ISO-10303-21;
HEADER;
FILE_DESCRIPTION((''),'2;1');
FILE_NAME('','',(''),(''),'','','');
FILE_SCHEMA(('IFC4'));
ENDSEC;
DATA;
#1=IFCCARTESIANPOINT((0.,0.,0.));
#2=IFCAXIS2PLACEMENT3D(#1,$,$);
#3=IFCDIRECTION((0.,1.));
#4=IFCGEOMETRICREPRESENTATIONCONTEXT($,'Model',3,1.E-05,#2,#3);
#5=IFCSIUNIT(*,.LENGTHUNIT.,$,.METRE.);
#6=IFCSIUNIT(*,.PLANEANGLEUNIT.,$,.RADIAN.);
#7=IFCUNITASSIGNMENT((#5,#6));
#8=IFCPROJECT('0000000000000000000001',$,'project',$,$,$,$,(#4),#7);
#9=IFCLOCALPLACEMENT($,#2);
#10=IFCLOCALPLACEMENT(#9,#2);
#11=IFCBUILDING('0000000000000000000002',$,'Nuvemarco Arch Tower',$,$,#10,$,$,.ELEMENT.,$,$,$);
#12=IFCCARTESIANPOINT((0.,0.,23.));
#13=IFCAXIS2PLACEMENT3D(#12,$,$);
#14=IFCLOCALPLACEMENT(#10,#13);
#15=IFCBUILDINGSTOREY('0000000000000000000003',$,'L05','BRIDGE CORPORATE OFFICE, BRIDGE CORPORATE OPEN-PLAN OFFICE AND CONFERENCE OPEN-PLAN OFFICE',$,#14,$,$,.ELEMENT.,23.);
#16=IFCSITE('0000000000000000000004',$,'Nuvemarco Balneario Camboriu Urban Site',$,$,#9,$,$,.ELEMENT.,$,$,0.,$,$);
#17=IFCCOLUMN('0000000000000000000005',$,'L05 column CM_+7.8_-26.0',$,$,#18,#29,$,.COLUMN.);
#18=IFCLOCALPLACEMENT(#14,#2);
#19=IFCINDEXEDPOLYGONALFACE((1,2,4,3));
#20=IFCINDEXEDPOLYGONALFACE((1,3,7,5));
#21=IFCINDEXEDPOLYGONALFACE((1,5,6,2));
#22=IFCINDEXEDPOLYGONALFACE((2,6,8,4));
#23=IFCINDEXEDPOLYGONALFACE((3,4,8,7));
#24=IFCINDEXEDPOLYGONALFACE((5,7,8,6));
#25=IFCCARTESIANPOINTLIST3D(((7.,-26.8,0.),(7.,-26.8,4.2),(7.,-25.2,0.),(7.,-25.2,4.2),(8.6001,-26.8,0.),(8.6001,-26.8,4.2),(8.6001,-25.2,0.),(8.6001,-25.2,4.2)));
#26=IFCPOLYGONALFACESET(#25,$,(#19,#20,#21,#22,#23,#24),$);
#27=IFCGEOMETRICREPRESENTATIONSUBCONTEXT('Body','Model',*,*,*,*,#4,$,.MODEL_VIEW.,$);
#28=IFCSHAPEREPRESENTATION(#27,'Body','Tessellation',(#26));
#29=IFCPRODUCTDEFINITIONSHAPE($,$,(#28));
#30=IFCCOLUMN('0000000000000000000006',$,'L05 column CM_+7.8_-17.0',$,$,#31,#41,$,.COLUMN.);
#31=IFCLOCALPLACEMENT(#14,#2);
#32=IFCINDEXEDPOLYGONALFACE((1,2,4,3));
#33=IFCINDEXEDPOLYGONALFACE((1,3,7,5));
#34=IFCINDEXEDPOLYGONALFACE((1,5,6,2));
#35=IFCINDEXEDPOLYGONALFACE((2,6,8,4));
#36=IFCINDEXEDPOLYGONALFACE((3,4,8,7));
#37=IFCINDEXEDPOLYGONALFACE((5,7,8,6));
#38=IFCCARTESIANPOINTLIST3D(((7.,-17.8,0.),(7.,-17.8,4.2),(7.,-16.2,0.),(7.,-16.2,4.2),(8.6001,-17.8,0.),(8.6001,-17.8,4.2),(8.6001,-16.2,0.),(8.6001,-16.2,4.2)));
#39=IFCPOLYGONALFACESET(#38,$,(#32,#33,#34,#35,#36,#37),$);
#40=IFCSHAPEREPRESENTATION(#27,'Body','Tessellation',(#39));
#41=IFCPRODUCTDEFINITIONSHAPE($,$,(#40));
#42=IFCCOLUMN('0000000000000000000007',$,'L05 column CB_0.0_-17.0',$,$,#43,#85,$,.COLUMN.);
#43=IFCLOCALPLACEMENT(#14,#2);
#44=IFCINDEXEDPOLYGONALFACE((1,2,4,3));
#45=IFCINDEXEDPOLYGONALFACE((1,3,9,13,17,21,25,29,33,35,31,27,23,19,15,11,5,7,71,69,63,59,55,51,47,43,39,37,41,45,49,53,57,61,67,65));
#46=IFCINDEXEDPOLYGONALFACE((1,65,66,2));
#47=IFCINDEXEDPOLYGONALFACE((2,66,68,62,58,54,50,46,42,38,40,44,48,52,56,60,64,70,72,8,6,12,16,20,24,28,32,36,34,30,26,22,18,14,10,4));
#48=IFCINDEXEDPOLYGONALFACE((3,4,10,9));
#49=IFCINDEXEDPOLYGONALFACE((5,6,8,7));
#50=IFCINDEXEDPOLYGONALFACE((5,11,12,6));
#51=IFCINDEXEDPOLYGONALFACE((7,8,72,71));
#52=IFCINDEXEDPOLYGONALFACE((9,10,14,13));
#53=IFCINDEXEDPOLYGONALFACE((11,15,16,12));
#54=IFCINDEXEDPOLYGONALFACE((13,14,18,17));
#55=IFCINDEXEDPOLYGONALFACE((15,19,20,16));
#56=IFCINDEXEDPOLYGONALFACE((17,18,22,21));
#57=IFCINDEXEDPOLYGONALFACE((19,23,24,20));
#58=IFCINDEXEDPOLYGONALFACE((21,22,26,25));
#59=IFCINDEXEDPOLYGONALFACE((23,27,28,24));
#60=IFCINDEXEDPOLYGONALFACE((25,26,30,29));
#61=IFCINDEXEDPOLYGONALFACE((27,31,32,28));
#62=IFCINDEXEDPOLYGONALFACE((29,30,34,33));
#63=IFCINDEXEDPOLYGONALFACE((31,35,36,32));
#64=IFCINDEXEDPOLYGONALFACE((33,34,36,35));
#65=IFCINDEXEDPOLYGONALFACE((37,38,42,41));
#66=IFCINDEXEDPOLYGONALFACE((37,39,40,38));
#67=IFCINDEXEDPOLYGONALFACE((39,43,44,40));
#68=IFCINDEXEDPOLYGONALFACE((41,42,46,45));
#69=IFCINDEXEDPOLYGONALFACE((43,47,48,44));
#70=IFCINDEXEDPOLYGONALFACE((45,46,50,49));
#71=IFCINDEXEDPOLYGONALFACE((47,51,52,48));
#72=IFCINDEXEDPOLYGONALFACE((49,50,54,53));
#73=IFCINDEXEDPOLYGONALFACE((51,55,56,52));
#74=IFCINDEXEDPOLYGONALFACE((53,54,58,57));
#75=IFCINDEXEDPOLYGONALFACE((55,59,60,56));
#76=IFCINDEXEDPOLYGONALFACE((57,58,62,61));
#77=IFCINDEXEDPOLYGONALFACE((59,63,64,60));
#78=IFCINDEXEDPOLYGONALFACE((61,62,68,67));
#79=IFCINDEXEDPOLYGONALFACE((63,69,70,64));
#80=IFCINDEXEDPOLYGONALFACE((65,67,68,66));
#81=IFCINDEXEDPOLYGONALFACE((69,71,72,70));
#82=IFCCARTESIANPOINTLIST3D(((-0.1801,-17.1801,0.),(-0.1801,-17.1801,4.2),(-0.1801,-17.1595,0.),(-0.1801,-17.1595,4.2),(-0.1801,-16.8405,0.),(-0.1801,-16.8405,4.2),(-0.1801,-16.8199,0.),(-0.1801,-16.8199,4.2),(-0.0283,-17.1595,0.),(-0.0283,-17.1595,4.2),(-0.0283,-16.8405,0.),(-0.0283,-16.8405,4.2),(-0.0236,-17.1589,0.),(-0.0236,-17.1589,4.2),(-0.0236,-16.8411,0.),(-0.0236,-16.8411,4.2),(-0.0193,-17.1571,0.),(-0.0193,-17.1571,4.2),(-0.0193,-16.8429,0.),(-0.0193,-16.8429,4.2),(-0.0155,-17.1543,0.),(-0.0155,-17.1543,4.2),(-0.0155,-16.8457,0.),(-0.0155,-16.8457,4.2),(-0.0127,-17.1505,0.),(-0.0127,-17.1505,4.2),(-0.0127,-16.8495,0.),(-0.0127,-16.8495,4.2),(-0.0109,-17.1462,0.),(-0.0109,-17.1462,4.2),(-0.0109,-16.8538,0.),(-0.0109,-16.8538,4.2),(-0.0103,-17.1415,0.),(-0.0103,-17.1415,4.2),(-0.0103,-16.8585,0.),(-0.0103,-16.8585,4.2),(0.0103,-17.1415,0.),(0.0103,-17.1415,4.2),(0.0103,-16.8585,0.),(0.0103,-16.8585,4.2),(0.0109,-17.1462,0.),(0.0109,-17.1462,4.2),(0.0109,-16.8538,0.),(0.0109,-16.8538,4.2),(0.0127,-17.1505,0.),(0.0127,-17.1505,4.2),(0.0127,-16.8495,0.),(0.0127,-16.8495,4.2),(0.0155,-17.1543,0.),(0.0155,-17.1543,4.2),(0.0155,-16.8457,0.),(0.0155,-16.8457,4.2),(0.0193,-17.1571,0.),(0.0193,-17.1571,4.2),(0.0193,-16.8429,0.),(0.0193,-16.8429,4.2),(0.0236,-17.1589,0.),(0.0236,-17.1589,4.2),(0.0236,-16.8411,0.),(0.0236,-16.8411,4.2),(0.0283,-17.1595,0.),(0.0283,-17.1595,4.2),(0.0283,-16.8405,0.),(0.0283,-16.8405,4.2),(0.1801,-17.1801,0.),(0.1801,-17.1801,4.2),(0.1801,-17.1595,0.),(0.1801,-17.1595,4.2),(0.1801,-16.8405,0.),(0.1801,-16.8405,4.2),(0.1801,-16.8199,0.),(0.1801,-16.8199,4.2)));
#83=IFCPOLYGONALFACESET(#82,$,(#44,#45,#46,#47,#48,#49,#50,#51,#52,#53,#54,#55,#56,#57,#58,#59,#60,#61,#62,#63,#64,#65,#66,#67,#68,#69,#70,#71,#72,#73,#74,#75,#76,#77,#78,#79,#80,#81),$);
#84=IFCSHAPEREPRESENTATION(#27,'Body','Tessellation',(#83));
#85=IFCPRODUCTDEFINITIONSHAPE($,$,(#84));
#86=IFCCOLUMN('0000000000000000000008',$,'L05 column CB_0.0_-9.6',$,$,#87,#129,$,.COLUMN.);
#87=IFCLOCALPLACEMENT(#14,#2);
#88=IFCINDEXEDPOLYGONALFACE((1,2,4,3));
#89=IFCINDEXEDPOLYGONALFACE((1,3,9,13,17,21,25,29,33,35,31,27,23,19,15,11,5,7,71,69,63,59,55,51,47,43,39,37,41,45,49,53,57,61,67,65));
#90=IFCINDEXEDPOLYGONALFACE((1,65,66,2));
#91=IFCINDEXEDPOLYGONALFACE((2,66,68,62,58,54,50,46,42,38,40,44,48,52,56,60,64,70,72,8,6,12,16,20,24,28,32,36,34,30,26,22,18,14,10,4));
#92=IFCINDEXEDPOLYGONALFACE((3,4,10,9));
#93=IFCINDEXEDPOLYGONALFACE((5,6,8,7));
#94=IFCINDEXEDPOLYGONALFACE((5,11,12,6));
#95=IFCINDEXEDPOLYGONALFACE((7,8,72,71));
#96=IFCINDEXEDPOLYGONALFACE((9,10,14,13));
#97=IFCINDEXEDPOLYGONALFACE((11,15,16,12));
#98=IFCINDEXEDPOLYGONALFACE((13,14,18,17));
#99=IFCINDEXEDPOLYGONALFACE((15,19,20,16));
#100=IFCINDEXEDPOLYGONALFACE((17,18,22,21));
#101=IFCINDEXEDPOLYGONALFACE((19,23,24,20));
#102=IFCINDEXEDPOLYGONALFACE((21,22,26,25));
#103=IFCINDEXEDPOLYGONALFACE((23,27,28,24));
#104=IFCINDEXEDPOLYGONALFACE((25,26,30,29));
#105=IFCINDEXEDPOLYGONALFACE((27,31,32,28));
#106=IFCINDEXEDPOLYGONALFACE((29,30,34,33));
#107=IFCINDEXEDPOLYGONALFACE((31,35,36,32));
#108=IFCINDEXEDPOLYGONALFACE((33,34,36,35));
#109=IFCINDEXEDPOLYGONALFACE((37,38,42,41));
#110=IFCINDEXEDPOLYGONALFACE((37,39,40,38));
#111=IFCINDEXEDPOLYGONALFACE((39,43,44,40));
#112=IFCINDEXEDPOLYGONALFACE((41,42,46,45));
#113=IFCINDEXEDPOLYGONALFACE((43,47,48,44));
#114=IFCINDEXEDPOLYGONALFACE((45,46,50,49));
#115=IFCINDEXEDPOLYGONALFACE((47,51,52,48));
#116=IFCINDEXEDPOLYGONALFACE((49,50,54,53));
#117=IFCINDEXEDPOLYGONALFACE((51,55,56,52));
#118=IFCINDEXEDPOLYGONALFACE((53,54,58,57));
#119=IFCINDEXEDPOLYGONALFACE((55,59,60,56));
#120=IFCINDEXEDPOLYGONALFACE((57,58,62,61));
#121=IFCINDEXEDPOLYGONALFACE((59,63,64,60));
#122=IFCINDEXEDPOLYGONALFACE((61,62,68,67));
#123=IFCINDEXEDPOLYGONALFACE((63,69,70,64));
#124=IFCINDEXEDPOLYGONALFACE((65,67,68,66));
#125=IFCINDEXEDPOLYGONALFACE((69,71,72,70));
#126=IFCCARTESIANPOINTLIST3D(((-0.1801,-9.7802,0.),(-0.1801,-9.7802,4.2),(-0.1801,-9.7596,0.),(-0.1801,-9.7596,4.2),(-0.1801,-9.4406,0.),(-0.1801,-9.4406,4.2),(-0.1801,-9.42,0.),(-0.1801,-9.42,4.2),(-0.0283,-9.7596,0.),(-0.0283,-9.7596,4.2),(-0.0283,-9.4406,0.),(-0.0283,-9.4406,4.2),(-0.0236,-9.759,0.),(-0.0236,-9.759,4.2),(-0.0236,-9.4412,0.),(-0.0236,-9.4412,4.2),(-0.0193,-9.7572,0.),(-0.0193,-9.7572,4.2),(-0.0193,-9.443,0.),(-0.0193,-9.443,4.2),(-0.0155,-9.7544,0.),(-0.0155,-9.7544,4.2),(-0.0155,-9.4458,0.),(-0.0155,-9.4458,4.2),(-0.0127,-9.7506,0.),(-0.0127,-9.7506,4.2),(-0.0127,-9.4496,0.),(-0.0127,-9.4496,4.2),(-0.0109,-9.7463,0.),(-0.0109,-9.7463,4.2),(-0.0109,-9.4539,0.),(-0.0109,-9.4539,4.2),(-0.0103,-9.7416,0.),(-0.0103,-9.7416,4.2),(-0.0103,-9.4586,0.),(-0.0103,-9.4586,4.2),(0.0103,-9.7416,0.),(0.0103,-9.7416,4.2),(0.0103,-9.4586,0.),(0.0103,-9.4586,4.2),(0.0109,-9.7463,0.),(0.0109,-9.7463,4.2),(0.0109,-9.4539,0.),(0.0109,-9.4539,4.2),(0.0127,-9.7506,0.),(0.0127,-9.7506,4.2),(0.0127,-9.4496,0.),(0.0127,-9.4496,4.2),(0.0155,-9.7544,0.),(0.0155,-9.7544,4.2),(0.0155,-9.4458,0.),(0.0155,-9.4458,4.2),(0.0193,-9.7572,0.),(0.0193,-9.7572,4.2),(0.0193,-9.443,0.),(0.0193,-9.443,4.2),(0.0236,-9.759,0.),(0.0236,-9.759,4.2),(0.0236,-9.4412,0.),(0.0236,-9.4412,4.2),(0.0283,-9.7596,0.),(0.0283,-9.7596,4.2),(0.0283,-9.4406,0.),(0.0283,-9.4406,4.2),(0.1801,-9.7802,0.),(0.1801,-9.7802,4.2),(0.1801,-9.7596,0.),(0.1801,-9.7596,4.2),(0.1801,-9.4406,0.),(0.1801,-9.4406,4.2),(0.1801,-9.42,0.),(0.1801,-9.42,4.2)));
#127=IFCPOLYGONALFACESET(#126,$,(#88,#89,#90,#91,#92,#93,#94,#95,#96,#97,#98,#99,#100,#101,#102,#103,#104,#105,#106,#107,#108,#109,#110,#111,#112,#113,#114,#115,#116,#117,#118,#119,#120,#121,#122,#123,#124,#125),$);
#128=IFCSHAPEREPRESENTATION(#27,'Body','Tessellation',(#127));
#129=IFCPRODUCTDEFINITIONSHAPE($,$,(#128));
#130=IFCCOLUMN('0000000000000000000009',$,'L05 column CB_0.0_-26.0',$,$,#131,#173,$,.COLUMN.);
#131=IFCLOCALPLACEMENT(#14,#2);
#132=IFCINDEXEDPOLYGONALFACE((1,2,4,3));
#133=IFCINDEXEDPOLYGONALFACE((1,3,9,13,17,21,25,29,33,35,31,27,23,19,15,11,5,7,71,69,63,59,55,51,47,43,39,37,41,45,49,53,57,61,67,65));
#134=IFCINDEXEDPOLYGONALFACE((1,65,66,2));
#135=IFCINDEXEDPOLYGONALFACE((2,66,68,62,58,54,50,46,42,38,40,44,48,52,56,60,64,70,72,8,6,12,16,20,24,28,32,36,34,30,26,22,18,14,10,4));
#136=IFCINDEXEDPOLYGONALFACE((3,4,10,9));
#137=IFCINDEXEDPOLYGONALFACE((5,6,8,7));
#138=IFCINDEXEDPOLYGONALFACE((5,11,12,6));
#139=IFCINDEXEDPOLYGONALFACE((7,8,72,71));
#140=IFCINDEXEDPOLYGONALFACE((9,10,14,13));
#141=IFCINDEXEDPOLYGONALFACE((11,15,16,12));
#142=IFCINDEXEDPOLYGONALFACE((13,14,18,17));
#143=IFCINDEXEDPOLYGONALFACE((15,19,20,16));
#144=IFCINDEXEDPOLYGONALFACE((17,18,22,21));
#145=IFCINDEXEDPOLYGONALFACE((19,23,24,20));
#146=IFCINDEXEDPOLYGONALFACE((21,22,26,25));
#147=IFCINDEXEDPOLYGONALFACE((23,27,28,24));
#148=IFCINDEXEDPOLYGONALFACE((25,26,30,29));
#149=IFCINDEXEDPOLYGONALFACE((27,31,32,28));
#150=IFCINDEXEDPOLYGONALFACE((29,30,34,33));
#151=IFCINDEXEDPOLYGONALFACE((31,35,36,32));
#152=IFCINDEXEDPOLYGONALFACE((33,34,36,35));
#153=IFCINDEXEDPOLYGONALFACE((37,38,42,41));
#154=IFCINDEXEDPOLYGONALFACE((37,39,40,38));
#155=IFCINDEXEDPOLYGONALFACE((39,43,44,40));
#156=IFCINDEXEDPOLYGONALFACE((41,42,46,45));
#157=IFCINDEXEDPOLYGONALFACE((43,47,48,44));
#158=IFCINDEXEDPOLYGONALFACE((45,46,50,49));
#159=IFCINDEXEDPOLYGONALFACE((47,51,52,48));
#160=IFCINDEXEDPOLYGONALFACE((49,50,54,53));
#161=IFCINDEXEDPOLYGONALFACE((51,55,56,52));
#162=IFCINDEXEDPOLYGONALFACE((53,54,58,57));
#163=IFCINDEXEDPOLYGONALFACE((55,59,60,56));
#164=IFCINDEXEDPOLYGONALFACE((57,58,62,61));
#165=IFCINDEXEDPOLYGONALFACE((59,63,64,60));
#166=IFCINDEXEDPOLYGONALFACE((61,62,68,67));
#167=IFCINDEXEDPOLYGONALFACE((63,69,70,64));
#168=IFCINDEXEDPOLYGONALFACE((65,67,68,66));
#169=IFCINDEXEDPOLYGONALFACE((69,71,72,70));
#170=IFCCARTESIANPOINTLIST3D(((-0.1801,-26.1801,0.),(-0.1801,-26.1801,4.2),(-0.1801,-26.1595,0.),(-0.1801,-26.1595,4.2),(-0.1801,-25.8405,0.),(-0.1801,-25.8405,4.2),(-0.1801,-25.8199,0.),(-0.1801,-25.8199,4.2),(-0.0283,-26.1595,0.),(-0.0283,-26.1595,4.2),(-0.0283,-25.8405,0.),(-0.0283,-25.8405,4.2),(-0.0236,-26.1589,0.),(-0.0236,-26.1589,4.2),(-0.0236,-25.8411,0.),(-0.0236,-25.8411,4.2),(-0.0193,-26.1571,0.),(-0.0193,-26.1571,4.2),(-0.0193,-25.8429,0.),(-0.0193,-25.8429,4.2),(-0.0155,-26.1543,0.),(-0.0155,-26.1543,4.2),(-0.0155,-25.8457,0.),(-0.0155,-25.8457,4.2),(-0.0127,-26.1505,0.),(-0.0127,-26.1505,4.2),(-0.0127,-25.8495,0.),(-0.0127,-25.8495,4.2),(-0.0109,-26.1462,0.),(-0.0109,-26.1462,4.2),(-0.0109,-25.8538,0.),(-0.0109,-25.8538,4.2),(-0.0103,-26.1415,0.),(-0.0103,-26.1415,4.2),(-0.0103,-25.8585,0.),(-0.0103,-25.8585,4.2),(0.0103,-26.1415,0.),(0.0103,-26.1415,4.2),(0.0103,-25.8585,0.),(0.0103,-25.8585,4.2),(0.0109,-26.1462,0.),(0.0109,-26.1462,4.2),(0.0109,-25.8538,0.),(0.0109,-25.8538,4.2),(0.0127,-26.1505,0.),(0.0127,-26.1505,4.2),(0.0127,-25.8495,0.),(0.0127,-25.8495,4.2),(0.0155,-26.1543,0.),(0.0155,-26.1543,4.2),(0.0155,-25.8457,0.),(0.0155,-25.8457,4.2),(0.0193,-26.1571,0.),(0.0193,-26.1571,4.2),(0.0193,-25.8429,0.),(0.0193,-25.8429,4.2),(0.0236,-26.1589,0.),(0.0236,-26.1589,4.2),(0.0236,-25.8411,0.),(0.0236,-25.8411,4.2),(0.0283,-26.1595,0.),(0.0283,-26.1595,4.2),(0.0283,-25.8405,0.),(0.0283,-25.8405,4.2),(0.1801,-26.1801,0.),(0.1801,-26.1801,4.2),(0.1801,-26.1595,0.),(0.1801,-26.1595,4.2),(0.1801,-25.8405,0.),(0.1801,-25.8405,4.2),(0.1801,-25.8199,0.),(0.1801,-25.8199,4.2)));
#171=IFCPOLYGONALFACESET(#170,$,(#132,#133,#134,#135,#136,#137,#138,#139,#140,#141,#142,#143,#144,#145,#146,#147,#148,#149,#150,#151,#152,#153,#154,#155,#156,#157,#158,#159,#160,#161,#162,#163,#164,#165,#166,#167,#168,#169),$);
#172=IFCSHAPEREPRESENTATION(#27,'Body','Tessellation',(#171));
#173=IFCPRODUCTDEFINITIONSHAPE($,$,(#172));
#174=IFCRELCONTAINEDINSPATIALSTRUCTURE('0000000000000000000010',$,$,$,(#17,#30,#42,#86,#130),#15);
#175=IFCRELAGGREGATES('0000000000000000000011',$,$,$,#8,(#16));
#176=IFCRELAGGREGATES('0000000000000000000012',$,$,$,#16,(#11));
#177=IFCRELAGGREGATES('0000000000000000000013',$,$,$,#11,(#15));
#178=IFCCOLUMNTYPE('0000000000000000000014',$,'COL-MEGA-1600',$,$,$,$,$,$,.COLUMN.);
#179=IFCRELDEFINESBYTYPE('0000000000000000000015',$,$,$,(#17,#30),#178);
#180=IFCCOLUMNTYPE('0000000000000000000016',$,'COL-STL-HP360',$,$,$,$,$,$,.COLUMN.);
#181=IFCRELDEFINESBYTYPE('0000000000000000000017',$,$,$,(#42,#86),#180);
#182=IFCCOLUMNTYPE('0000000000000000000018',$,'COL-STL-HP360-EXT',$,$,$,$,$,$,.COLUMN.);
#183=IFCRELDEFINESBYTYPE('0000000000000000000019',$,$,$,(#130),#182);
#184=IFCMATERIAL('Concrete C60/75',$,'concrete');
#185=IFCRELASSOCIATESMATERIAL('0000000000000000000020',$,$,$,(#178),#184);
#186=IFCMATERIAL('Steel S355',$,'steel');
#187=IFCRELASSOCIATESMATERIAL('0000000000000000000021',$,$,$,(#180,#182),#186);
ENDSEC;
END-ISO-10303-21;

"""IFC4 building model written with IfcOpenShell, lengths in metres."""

from ifc_helpers import new_model, si_unit, direction, frame, origin, origin_2d, place, context, subcontext, project, spatial, rectangle, i_section, extrude, material, material_profile, profile_set, type_object, element, save


model = new_model("IFC4")

# Units and contexts
model_context = context("Model", 3, precision=1e-05, world=origin(), true_north=direction((0.0, 1.0)))
body_context = subcontext(model_context, "Body", "Model", "MODEL_VIEW")
ifc_project = project(units=[si_unit("LENGTHUNIT", "METRE"), si_unit("PLANEANGLEUNIT", "RADIAN")], contexts=[model_context])

# Site, building, storey
site_placement = place(None, origin())
site = spatial("IfcSite", under=ifc_project, at=site_placement, Name="Nuvemarco Balneario Camboriu Urban Site", CompositionType="ELEMENT", RefElevation=0.0)
building_placement = place(site_placement, origin())
building = spatial("IfcBuilding", under=site, at=building_placement, Name="Nuvemarco Arch Tower", CompositionType="ELEMENT")
storey_placement = place(building_placement, frame((0.0, 0.0, 23.0)))
storey = spatial("IfcBuildingStorey", under=building, at=storey_placement, Name="L05", Description="BRIDGE CORPORATE OFFICE, BRIDGE CORPORATE OPEN-PLAN OFFICE AND CONFERENCE OPEN-PLAN OFFICE", CompositionType="ELEMENT", Elevation=23.0)

# Columns
ifc_material_1 = material(Name="Concrete C60/75", Category="concrete")
ifc_material_profile_1 = material_profile(ifc_material_1, rectangle(XDim=1.6001, YDim=1.6001, at=origin_2d()), Name="RC-COL-1600x1600")
ifc_profile_set_1 = profile_set([ifc_material_profile_1], Name="Concrete C60/75")
column_type_1 = type_object("IfcColumnType", Name="COL-MEGA-1600", PredefinedType="COLUMN", material=ifc_profile_set_1)
for number, where, z_axis, x_axis, name in (
    (1, (7.8, -26.0, 0.0), (0.0, 0.0, 1.0), (1.0, 0.0, 0.0), "L05 column CM_+7.8_-26.0"),
    (2, (7.8, -17.0, 0.0), (0.0, 0.0, 1.0), (1.0, 0.0, 0.0), "L05 column CM_+7.8_-17.0"),
):
    element("IfcColumn", number, at=place(storey_placement, frame(where, z_axis=z_axis, x_axis=x_axis)), inside=storey, type_object=column_type_1, Name=name, PredefinedType="COLUMN", context=body_context, shape_type="SweptSolid", body=[
        extrude(rectangle(XDim=1.6001, YDim=1.6001, at=origin_2d()), origin(), (0.0, 0.0, 1.0), 4.2),
    ])
ifc_material_2 = material(Name="Steel S355", Category="steel")
ifc_material_profile_2 = material_profile(ifc_material_2, i_section(OverallWidth=0.3601, OverallDepth=0.3601, WebThickness=0.0205, FlangeThickness=0.0205, FilletRadius=0.0181, at=origin_2d()), Name="HP360x174")
ifc_profile_set_2 = profile_set([ifc_material_profile_2], Name="Steel S355")
column_type_2 = type_object("IfcColumnType", Name="COL-STL-HP360", PredefinedType="COLUMN", material=ifc_profile_set_2)
for number, where, z_axis, x_axis, name in (
    (3, (0.0, -17.0, 0.0), (0.0, 0.0, 1.0), (1.0, 0.0, 0.0), "L05 column CB_0.0_-17.0"),
    (4, (0.0, -9.6001, 0.0), (0.0, 0.0, 1.0), (1.0, 0.0, 0.0), "L05 column CB_0.0_-9.6"),
):
    element("IfcColumn", number, at=place(storey_placement, frame(where, z_axis=z_axis, x_axis=x_axis)), inside=storey, type_object=column_type_2, Name=name, PredefinedType="COLUMN", context=body_context, shape_type="SweptSolid", body=[
        extrude(i_section(OverallWidth=0.3601, OverallDepth=0.3601, WebThickness=0.0205, FlangeThickness=0.0205, FilletRadius=0.0181, at=origin_2d()), origin(), (0.0, 0.0, 1.0), 4.2),
    ])
ifc_material_profile_3 = material_profile(ifc_material_2, i_section(OverallWidth=0.3601, OverallDepth=0.3601, WebThickness=0.0205, FlangeThickness=0.0205, FilletRadius=0.0181, at=origin_2d()), Name="HP360x174")
ifc_profile_set_3 = profile_set([ifc_material_profile_3], Name="Steel S355")
column_type_3 = type_object("IfcColumnType", Name="COL-STL-HP360-EXT", PredefinedType="COLUMN", material=ifc_profile_set_3)
column_placement = place(storey_placement, frame((0.0, -26.0, 0.0), z_axis=(0.0, 0.0, 1.0), x_axis=(1.0, 0.0, 0.0)))
element("IfcColumn", 5, at=column_placement, inside=storey, type_object=column_type_3, Name="L05 column CB_0.0_-26.0", PredefinedType="COLUMN", context=body_context, shape_type="SweptSolid", body=[
    extrude(i_section(OverallWidth=0.3601, OverallDepth=0.3601, WebThickness=0.0205, FlangeThickness=0.0205, FilletRadius=0.0181, at=origin_2d()), origin(), (0.0, 0.0, 1.0), 4.2),
])

save(model, "model.ifc")
